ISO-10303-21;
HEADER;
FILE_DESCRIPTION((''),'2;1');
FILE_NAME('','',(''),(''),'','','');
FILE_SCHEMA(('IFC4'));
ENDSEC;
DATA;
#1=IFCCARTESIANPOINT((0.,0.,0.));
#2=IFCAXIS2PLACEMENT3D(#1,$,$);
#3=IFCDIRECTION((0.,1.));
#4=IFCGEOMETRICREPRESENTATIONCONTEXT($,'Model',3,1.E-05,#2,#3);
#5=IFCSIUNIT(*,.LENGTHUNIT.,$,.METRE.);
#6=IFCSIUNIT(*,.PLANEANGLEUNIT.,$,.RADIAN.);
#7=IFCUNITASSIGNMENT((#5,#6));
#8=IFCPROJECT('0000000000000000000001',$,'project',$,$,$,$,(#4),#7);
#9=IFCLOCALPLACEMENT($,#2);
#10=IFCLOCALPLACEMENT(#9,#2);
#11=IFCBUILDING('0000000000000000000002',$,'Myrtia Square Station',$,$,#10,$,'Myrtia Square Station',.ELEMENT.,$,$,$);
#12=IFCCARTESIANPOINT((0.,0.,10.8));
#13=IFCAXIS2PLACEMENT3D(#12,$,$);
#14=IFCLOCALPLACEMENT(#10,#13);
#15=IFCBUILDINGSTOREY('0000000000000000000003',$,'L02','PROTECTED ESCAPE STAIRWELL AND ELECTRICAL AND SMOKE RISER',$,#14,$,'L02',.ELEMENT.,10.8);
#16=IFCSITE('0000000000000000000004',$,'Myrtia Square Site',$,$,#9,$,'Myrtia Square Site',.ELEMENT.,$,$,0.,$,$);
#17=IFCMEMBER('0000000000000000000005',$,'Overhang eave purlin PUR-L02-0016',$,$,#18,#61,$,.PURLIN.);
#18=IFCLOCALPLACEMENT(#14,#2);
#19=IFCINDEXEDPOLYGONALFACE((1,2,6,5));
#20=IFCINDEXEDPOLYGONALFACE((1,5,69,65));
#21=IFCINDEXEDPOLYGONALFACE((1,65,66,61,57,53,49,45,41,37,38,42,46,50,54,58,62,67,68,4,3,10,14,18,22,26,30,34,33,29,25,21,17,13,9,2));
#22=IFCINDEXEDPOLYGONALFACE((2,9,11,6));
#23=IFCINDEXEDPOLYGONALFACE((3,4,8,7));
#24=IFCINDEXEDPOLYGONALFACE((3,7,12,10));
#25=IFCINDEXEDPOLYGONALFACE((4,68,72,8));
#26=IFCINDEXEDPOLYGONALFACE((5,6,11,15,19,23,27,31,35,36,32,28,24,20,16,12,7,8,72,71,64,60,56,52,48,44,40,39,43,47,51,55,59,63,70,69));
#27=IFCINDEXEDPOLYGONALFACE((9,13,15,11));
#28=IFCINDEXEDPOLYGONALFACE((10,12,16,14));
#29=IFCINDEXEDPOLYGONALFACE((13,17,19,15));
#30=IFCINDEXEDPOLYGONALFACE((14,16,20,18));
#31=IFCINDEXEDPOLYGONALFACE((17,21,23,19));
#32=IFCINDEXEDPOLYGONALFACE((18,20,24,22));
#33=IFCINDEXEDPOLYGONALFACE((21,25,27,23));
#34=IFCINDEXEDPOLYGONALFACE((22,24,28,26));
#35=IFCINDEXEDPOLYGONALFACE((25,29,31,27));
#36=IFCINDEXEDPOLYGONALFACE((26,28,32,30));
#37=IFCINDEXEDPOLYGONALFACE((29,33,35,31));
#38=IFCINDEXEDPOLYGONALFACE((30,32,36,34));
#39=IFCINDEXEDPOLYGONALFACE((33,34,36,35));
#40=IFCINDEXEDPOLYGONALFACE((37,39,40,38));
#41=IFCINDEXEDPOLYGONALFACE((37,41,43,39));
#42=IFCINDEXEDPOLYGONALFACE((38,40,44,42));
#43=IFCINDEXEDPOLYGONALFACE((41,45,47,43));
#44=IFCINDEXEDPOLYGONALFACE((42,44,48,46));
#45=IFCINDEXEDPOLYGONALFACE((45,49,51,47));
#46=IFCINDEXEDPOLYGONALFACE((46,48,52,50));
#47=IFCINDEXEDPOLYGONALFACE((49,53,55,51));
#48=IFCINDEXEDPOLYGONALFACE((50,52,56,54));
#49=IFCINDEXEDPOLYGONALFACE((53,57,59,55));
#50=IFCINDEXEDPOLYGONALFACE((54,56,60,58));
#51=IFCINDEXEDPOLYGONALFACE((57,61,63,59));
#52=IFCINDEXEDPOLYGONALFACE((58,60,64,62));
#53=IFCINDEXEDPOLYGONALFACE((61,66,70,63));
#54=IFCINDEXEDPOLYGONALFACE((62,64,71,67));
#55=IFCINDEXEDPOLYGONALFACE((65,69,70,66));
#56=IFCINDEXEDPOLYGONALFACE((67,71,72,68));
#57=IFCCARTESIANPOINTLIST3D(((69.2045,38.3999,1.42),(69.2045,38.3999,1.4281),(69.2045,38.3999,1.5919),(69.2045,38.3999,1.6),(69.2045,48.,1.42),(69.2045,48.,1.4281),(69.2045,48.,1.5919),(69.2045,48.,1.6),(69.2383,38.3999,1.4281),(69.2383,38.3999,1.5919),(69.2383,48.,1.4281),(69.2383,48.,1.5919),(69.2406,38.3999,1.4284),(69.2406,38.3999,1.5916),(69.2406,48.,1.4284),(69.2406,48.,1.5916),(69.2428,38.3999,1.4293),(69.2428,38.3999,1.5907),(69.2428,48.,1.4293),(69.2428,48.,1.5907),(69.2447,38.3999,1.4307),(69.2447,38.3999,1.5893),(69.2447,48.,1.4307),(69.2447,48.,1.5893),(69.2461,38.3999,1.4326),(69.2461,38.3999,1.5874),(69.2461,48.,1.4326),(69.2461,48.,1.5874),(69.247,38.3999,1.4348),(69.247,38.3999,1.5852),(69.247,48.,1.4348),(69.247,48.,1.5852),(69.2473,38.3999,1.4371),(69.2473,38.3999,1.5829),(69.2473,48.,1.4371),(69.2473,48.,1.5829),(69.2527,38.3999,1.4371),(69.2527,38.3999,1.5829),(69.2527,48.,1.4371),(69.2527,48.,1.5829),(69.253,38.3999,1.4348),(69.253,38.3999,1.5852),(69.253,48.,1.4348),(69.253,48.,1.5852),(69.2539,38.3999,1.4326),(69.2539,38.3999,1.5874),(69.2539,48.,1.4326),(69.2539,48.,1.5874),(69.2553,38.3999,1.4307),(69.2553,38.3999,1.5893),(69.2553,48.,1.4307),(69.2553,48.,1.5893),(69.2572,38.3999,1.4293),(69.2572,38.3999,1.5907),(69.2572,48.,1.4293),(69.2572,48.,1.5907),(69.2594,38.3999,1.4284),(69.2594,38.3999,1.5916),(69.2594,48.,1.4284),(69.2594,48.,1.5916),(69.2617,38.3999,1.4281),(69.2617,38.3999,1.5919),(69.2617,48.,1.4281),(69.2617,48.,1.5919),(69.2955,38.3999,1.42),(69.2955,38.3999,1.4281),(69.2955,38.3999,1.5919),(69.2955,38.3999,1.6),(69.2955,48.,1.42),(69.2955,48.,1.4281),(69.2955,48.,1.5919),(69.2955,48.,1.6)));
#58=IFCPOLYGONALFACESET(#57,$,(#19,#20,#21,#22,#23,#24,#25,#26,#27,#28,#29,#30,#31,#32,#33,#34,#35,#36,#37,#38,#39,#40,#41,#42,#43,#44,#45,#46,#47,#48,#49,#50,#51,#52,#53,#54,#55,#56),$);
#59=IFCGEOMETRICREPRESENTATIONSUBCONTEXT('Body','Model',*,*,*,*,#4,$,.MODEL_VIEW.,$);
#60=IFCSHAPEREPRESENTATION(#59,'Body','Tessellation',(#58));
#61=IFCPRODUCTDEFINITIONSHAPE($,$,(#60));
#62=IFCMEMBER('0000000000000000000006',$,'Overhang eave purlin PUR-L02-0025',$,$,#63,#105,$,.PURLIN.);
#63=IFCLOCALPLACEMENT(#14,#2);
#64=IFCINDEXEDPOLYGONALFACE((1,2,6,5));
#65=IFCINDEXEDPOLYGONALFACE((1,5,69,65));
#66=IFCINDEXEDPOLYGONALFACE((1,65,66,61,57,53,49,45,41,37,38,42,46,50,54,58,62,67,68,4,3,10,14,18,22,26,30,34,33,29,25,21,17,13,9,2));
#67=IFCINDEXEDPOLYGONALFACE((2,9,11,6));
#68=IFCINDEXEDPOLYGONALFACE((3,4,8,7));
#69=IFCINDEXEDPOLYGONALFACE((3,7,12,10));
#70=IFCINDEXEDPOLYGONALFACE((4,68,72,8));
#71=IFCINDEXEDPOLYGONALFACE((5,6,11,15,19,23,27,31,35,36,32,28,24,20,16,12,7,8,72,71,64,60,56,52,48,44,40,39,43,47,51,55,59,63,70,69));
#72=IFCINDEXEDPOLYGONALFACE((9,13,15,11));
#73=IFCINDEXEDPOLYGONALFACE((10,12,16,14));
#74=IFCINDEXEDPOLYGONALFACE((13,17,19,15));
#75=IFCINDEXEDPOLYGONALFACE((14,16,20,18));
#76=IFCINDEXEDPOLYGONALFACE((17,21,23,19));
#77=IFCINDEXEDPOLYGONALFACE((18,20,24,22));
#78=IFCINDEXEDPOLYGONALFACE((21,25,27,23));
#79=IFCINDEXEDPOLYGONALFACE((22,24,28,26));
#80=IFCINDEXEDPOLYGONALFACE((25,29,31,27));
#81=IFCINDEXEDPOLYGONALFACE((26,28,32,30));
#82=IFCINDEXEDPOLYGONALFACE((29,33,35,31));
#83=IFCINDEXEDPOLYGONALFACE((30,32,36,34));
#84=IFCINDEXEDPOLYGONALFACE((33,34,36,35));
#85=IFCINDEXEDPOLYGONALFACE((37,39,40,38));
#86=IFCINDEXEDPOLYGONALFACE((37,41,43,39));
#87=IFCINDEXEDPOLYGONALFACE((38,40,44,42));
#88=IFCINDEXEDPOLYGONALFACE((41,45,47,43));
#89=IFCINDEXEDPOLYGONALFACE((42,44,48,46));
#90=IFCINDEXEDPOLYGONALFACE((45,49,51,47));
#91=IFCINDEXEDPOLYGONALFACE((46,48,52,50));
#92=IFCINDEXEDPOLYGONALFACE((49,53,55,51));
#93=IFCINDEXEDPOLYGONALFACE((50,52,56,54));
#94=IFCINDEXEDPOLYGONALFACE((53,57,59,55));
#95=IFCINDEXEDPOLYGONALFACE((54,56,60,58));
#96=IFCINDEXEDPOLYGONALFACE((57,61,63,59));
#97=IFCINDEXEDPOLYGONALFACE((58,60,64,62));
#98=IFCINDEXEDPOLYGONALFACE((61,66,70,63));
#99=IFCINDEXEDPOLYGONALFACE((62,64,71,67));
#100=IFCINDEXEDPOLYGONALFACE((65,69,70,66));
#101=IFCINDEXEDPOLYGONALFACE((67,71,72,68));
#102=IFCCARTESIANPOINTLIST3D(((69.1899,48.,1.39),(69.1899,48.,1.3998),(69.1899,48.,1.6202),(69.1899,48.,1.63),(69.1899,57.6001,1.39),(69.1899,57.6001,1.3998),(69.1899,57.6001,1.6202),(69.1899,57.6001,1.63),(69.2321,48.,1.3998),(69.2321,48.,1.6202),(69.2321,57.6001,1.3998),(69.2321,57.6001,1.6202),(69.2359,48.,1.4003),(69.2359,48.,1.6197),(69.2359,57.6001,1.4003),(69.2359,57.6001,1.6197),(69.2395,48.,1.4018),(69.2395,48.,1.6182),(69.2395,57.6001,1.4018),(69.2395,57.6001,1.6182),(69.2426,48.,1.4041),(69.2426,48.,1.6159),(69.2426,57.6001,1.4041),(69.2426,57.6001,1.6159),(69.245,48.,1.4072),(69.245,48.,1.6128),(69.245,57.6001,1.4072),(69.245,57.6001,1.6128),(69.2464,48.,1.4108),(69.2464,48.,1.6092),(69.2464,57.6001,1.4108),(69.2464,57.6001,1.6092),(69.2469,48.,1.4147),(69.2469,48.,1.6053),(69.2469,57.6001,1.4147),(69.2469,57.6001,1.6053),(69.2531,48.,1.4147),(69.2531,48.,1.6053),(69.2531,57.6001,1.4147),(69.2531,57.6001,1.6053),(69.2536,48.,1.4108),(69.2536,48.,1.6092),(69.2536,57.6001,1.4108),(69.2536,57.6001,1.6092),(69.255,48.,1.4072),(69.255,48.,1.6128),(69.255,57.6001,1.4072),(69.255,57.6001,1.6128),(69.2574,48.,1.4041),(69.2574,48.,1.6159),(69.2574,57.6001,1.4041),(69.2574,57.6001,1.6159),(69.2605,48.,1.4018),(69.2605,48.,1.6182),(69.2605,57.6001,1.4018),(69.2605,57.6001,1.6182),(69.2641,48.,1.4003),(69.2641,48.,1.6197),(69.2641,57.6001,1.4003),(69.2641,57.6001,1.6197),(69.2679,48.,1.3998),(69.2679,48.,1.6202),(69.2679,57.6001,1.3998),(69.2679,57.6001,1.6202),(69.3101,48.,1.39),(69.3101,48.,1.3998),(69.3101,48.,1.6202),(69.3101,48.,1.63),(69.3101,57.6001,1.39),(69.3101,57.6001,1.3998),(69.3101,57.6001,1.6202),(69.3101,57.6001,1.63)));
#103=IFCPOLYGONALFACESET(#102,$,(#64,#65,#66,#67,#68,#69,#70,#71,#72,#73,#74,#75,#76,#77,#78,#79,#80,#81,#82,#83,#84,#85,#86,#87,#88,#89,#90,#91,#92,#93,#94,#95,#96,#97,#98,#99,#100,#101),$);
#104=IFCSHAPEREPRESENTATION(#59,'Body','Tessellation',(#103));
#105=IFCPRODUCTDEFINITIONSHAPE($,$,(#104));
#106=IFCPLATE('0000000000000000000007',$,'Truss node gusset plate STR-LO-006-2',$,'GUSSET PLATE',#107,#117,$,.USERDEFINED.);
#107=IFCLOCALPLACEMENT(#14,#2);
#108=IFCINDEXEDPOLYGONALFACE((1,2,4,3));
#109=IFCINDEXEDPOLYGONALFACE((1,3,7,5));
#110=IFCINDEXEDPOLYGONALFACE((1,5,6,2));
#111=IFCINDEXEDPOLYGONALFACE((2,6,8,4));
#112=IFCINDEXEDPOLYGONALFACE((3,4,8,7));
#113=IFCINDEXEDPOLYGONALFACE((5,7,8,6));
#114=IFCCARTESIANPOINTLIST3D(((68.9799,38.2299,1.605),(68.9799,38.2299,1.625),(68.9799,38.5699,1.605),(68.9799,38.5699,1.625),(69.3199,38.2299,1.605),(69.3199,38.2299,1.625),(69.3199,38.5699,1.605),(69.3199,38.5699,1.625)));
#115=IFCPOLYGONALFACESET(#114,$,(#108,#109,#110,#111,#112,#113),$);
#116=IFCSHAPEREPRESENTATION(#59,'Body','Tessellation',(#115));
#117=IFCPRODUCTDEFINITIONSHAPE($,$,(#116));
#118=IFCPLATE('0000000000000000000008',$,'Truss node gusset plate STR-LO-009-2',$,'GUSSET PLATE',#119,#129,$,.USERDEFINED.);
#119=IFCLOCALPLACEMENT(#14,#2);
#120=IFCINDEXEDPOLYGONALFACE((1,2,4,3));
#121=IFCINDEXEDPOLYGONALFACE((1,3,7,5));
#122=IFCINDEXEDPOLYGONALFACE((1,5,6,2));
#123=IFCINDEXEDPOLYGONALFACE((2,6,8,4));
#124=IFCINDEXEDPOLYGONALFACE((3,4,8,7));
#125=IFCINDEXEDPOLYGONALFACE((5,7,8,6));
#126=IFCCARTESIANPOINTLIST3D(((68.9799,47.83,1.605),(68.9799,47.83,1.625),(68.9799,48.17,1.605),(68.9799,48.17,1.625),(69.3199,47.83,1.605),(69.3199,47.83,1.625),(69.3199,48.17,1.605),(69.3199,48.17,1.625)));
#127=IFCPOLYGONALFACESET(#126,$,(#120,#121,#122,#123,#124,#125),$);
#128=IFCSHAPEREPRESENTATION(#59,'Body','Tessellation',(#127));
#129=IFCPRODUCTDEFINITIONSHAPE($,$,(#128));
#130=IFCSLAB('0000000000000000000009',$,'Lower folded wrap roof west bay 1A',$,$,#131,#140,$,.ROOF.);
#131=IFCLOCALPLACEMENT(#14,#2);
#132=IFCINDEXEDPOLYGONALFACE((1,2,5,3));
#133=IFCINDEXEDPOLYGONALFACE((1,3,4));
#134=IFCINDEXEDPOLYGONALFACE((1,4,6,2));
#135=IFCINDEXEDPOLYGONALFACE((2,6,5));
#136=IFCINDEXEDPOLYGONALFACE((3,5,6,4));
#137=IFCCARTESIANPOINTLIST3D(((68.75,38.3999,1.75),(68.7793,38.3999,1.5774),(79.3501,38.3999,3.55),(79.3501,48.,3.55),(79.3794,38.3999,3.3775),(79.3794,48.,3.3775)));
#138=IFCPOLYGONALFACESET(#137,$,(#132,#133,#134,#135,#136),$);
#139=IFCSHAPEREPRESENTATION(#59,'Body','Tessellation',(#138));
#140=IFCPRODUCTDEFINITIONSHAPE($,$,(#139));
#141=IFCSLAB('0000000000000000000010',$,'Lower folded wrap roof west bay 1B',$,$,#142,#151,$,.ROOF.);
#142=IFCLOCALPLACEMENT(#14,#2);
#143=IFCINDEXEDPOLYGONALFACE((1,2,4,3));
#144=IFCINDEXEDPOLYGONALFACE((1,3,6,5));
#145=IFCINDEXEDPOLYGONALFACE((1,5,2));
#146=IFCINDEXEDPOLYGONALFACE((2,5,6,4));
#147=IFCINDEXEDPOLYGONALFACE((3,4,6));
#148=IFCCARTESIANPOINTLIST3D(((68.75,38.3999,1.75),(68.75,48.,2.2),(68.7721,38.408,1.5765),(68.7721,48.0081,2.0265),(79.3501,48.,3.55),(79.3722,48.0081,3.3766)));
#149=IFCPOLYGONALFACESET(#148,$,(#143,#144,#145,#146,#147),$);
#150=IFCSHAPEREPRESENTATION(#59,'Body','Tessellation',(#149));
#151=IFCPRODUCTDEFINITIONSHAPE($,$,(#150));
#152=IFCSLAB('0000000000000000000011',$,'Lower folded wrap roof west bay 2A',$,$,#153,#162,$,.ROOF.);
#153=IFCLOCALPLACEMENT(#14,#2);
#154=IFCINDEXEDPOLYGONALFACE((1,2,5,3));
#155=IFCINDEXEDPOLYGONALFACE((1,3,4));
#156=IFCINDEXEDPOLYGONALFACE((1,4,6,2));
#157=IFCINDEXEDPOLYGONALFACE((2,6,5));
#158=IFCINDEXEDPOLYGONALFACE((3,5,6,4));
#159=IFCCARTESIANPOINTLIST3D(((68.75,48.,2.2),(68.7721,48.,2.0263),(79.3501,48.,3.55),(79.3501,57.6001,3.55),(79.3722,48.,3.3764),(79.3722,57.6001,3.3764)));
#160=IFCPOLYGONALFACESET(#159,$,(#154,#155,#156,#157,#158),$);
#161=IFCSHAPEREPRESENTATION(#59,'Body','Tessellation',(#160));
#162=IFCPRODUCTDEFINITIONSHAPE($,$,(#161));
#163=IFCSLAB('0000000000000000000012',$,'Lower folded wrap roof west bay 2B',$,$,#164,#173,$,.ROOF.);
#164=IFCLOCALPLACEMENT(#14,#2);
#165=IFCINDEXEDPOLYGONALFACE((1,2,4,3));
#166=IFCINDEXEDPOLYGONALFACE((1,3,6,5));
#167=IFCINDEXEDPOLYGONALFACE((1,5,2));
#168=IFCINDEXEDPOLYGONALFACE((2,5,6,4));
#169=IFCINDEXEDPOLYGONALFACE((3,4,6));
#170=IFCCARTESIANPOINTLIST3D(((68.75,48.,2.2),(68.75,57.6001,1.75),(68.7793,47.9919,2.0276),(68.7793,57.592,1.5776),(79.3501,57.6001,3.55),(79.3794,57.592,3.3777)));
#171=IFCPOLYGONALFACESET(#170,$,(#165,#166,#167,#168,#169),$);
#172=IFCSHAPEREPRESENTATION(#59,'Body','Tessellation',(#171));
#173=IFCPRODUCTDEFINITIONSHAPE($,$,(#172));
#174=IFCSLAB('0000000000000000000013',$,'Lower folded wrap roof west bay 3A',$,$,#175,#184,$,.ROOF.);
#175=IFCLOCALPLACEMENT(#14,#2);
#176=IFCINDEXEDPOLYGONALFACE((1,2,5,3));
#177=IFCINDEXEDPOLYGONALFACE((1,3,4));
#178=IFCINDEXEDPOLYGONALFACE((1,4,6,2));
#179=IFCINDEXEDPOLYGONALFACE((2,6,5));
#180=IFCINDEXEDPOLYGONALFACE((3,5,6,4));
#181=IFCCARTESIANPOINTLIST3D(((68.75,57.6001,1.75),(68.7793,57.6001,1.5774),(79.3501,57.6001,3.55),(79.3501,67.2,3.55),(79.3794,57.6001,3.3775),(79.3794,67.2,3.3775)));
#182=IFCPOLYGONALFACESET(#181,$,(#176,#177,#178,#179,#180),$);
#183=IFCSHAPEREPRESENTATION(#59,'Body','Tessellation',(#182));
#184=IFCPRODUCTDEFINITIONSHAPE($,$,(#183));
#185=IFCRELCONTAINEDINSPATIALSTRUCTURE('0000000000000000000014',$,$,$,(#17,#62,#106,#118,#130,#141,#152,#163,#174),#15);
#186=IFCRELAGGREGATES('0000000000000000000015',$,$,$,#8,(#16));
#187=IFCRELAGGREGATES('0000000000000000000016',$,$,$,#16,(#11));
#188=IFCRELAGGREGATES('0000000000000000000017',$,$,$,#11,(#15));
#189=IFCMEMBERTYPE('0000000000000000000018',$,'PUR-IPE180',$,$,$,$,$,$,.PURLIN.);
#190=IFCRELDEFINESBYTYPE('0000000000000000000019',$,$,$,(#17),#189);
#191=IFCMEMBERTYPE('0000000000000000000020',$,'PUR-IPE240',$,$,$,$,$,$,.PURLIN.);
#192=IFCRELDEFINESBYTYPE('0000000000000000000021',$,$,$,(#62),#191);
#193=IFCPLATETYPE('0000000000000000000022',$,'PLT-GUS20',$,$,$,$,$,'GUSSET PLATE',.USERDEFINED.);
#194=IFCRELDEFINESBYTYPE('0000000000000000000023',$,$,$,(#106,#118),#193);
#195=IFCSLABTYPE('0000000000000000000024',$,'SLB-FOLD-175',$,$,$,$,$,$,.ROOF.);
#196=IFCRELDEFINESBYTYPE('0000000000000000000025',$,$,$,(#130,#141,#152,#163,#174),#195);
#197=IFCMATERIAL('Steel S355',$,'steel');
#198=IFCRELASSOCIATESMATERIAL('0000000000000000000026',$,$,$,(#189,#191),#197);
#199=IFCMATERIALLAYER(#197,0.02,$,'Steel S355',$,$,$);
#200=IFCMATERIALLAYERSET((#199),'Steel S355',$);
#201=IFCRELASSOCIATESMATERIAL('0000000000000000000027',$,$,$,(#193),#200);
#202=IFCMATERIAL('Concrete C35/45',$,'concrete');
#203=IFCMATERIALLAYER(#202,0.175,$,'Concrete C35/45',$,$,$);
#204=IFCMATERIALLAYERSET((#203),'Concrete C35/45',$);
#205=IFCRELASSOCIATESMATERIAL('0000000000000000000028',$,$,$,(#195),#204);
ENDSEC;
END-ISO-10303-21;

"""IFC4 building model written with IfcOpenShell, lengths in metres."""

from ifc_helpers import new_model, si_unit, direction, frame, origin, origin_2d, place, context, subcontext, project, spatial, polyline, rectangle, i_section, outline, extrude, material, layer, layer_set, material_profile, profile_set, type_object, element, save


model = new_model("IFC4")

# Units and contexts
model_context = context("Model", 3, precision=1e-05, world=origin(), true_north=direction((0.0, 1.0)))
body_context = subcontext(model_context, "Body", "Model", "MODEL_VIEW")
ifc_project = project(units=[si_unit("LENGTHUNIT", "METRE"), si_unit("PLANEANGLEUNIT", "RADIAN")], contexts=[model_context])

# Site, building, storey
site_placement = place(None, origin())
site = spatial("IfcSite", under=ifc_project, at=site_placement, Name="Myrtia Square Site", LongName="Myrtia Square Site", CompositionType="ELEMENT", RefElevation=0.0)
building_placement = place(site_placement, origin())
building = spatial("IfcBuilding", under=site, at=building_placement, Name="Myrtia Square Station", LongName="Myrtia Square Station", CompositionType="ELEMENT")
storey_placement = place(building_placement, frame((0.0, 0.0, 10.8)))
storey = spatial("IfcBuildingStorey", under=building, at=storey_placement, Name="L02", Description="PROTECTED ESCAPE STAIRWELL AND ELECTRICAL AND SMOKE RISER", LongName="L02", CompositionType="ELEMENT", Elevation=10.8)

# Members
ifc_material_1 = material(Name="Steel S355", Category="steel")
ifc_material_profile_1 = material_profile(ifc_material_1, i_section(OverallWidth=0.0911, OverallDepth=0.1799, WebThickness=0.0054, FlangeThickness=0.0081, FilletRadius=0.009, at=origin_2d()), Name="IPE 180")
ifc_profile_set_1 = profile_set([ifc_material_profile_1], Name="Steel S355")
member_type_1 = type_object("IfcMemberType", Name="PUR-IPE180", PredefinedType="PURLIN", material=ifc_profile_set_1)
member_1_placement = place(storey_placement, frame((69.25, 38.3999, 1.51), z_axis=(0.0, 1.0, 0.0), x_axis=(-1.0, 0.0, 0.0)))
element("IfcMember", 1, at=member_1_placement, inside=storey, type_object=member_type_1, Name="Overhang eave purlin PUR-L02-0016", PredefinedType="PURLIN", context=body_context, shape_type="SweptSolid", body=[
    extrude(i_section(OverallWidth=0.0911, OverallDepth=0.1799, WebThickness=0.0054, FlangeThickness=0.0081, FilletRadius=0.009, at=origin_2d()), origin(), (0.0, 0.0, 1.0), 9.6001),
])
ifc_material_profile_2 = material_profile(ifc_material_1, i_section(OverallWidth=0.1201, OverallDepth=0.24, WebThickness=0.0061, FlangeThickness=0.0098, FilletRadius=0.0149, at=origin_2d()), Name="IPE 240")
ifc_profile_set_2 = profile_set([ifc_material_profile_2], Name="Steel S355")
member_type_2 = type_object("IfcMemberType", Name="PUR-IPE240", PredefinedType="PURLIN", material=ifc_profile_set_2)
member_2_placement = place(storey_placement, frame((69.25, 48.0, 1.51), z_axis=(0.0, 1.0, 0.0), x_axis=(-1.0, 0.0, 0.0)))
element("IfcMember", 2, at=member_2_placement, inside=storey, type_object=member_type_2, Name="Overhang eave purlin PUR-L02-0025", PredefinedType="PURLIN", context=body_context, shape_type="SweptSolid", body=[
    extrude(i_section(OverallWidth=0.1201, OverallDepth=0.24, WebThickness=0.0061, FlangeThickness=0.0098, FilletRadius=0.0149, at=origin_2d()), origin(), (0.0, 0.0, 1.0), 9.6001),
])

# Plates
ifc_layer_1 = layer(ifc_material_1, 0.02, Name="Steel S355")
ifc_layer_set_1 = layer_set([ifc_layer_1], Name="Steel S355")
plate_type = type_object("IfcPlateType", Name="PLT-GUS20", ElementType="GUSSET PLATE", PredefinedType="USERDEFINED", material=ifc_layer_set_1)
for number, where, z_axis, x_axis, name in (
    (3, (69.1499, 38.3999, 1.605), (0.0, 0.0, 1.0), (-1.0, 0.0, 0.0), "Truss node gusset plate STR-LO-006-2"),
    (4, (69.1499, 48.0, 1.605), (0.0, 0.0, 1.0), (-1.0, 0.0, 0.0), "Truss node gusset plate STR-LO-009-2"),
):
    element("IfcPlate", number, at=place(storey_placement, frame(where, z_axis=z_axis, x_axis=x_axis)), inside=storey, type_object=plate_type, Name=name, ObjectType="GUSSET PLATE", PredefinedType="USERDEFINED", context=body_context, shape_type="SweptSolid", body=[
        extrude(rectangle(XDim=0.3401, YDim=0.3401, at=origin_2d()), origin(), (0.0, 0.0, 1.0), 0.02),
    ])

# Slabs
ifc_material_2 = material(Name="Concrete C35/45", Category="concrete")
ifc_layer_2 = layer(ifc_material_2, 0.175, Name="Concrete C35/45")
ifc_layer_set_2 = layer_set([ifc_layer_2], Name="Concrete C35/45")
slab_type_1 = type_object("IfcSlabType", Name="SLB-FOLD-175", PredefinedType="ROOF", material=ifc_layer_set_2)
slab_1_placement = place(storey_placement, frame((68.75, 38.3999, 1.75), z_axis=(-0.167418, 0.0, 0.985886), x_axis=(0.985886, 0.0, 0.167418)))
element("IfcSlab", 5, at=slab_1_placement, inside=storey, type_object=slab_type_1, Name="Lower folded wrap roof west bay 1A", PredefinedType="ROOF", context=body_context, shape_type="SweptSolid", body=[
    extrude(outline(polyline([(0.0, 0.0), (10.7518, 0.0), (10.7518, 9.6001), (0.0, 0.0)])), origin(), (0.0, 0.0, -1.0), 0.175),
])
slab_2_placement = place(storey_placement, frame((68.75, 38.3999, 1.75), z_axis=(-0.12621, -0.046444, 0.990916), x_axis=(0.735402, 0.666025, 0.124882)))
element("IfcSlab", 6, at=slab_2_placement, inside=storey, type_object=slab_type_1, Name="Lower folded wrap roof west bay 1B", PredefinedType="ROOF", context=body_context, shape_type="SweptSolid", body=[
    extrude(outline(polyline([(0.0, 0.0), (14.414, 0.0), (6.4501, 7.1246), (0.0, 0.0)])), origin(), (0.0, 0.0, -1.0), 0.175),
])
slab_3_placement = place(storey_placement, frame((68.75, 48.0, 2.2), z_axis=(-0.126346, 0.0, 0.991986), x_axis=(0.991986, 0.0, 0.126346)))
element("IfcSlab", 7, at=slab_3_placement, inside=storey, type_object=slab_type_1, Name="Lower folded wrap roof west bay 2A", PredefinedType="ROOF", context=body_context, shape_type="SweptSolid", body=[
    extrude(outline(polyline([(0.0, 0.0), (10.6857, 0.0), (10.6857, 9.6001), (0.0, 0.0)])), origin(), (0.0, 0.0, -1.0), 0.175),
])
slab_4_placement = place(storey_placement, frame((68.75, 48.0, 2.2), z_axis=(-0.167239, 0.046159, 0.984835), x_axis=(0.737923, 0.668308, 0.093987)))
element("IfcSlab", 8, at=slab_4_placement, inside=storey, type_object=slab_type_1, Name="Lower folded wrap roof west bay 2B", PredefinedType="ROOF", context=body_context, shape_type="SweptSolid", body=[
    extrude(outline(polyline([(0.0, 0.0), (14.3648, 0.0), (6.3735, 7.1932), (0.0, 0.0)])), origin(), (0.0, 0.0, -1.0), 0.175),
])
slab_5_placement = place(storey_placement, frame((68.75, 57.6001, 1.75), z_axis=(-0.167418, 0.0, 0.985886), x_axis=(0.985886, 0.0, 0.167418)))
element("IfcSlab", 9, at=slab_5_placement, inside=storey, type_object=slab_type_1, Name="Lower folded wrap roof west bay 3A", PredefinedType="ROOF", context=body_context, shape_type="SweptSolid", body=[
    extrude(outline(polyline([(0.0, 0.0), (10.7518, 0.0), (10.7518, 9.5999), (0.0, 0.0)])), origin(), (0.0, 0.0, -1.0), 0.175),
])

save(model, "model.ifc")
